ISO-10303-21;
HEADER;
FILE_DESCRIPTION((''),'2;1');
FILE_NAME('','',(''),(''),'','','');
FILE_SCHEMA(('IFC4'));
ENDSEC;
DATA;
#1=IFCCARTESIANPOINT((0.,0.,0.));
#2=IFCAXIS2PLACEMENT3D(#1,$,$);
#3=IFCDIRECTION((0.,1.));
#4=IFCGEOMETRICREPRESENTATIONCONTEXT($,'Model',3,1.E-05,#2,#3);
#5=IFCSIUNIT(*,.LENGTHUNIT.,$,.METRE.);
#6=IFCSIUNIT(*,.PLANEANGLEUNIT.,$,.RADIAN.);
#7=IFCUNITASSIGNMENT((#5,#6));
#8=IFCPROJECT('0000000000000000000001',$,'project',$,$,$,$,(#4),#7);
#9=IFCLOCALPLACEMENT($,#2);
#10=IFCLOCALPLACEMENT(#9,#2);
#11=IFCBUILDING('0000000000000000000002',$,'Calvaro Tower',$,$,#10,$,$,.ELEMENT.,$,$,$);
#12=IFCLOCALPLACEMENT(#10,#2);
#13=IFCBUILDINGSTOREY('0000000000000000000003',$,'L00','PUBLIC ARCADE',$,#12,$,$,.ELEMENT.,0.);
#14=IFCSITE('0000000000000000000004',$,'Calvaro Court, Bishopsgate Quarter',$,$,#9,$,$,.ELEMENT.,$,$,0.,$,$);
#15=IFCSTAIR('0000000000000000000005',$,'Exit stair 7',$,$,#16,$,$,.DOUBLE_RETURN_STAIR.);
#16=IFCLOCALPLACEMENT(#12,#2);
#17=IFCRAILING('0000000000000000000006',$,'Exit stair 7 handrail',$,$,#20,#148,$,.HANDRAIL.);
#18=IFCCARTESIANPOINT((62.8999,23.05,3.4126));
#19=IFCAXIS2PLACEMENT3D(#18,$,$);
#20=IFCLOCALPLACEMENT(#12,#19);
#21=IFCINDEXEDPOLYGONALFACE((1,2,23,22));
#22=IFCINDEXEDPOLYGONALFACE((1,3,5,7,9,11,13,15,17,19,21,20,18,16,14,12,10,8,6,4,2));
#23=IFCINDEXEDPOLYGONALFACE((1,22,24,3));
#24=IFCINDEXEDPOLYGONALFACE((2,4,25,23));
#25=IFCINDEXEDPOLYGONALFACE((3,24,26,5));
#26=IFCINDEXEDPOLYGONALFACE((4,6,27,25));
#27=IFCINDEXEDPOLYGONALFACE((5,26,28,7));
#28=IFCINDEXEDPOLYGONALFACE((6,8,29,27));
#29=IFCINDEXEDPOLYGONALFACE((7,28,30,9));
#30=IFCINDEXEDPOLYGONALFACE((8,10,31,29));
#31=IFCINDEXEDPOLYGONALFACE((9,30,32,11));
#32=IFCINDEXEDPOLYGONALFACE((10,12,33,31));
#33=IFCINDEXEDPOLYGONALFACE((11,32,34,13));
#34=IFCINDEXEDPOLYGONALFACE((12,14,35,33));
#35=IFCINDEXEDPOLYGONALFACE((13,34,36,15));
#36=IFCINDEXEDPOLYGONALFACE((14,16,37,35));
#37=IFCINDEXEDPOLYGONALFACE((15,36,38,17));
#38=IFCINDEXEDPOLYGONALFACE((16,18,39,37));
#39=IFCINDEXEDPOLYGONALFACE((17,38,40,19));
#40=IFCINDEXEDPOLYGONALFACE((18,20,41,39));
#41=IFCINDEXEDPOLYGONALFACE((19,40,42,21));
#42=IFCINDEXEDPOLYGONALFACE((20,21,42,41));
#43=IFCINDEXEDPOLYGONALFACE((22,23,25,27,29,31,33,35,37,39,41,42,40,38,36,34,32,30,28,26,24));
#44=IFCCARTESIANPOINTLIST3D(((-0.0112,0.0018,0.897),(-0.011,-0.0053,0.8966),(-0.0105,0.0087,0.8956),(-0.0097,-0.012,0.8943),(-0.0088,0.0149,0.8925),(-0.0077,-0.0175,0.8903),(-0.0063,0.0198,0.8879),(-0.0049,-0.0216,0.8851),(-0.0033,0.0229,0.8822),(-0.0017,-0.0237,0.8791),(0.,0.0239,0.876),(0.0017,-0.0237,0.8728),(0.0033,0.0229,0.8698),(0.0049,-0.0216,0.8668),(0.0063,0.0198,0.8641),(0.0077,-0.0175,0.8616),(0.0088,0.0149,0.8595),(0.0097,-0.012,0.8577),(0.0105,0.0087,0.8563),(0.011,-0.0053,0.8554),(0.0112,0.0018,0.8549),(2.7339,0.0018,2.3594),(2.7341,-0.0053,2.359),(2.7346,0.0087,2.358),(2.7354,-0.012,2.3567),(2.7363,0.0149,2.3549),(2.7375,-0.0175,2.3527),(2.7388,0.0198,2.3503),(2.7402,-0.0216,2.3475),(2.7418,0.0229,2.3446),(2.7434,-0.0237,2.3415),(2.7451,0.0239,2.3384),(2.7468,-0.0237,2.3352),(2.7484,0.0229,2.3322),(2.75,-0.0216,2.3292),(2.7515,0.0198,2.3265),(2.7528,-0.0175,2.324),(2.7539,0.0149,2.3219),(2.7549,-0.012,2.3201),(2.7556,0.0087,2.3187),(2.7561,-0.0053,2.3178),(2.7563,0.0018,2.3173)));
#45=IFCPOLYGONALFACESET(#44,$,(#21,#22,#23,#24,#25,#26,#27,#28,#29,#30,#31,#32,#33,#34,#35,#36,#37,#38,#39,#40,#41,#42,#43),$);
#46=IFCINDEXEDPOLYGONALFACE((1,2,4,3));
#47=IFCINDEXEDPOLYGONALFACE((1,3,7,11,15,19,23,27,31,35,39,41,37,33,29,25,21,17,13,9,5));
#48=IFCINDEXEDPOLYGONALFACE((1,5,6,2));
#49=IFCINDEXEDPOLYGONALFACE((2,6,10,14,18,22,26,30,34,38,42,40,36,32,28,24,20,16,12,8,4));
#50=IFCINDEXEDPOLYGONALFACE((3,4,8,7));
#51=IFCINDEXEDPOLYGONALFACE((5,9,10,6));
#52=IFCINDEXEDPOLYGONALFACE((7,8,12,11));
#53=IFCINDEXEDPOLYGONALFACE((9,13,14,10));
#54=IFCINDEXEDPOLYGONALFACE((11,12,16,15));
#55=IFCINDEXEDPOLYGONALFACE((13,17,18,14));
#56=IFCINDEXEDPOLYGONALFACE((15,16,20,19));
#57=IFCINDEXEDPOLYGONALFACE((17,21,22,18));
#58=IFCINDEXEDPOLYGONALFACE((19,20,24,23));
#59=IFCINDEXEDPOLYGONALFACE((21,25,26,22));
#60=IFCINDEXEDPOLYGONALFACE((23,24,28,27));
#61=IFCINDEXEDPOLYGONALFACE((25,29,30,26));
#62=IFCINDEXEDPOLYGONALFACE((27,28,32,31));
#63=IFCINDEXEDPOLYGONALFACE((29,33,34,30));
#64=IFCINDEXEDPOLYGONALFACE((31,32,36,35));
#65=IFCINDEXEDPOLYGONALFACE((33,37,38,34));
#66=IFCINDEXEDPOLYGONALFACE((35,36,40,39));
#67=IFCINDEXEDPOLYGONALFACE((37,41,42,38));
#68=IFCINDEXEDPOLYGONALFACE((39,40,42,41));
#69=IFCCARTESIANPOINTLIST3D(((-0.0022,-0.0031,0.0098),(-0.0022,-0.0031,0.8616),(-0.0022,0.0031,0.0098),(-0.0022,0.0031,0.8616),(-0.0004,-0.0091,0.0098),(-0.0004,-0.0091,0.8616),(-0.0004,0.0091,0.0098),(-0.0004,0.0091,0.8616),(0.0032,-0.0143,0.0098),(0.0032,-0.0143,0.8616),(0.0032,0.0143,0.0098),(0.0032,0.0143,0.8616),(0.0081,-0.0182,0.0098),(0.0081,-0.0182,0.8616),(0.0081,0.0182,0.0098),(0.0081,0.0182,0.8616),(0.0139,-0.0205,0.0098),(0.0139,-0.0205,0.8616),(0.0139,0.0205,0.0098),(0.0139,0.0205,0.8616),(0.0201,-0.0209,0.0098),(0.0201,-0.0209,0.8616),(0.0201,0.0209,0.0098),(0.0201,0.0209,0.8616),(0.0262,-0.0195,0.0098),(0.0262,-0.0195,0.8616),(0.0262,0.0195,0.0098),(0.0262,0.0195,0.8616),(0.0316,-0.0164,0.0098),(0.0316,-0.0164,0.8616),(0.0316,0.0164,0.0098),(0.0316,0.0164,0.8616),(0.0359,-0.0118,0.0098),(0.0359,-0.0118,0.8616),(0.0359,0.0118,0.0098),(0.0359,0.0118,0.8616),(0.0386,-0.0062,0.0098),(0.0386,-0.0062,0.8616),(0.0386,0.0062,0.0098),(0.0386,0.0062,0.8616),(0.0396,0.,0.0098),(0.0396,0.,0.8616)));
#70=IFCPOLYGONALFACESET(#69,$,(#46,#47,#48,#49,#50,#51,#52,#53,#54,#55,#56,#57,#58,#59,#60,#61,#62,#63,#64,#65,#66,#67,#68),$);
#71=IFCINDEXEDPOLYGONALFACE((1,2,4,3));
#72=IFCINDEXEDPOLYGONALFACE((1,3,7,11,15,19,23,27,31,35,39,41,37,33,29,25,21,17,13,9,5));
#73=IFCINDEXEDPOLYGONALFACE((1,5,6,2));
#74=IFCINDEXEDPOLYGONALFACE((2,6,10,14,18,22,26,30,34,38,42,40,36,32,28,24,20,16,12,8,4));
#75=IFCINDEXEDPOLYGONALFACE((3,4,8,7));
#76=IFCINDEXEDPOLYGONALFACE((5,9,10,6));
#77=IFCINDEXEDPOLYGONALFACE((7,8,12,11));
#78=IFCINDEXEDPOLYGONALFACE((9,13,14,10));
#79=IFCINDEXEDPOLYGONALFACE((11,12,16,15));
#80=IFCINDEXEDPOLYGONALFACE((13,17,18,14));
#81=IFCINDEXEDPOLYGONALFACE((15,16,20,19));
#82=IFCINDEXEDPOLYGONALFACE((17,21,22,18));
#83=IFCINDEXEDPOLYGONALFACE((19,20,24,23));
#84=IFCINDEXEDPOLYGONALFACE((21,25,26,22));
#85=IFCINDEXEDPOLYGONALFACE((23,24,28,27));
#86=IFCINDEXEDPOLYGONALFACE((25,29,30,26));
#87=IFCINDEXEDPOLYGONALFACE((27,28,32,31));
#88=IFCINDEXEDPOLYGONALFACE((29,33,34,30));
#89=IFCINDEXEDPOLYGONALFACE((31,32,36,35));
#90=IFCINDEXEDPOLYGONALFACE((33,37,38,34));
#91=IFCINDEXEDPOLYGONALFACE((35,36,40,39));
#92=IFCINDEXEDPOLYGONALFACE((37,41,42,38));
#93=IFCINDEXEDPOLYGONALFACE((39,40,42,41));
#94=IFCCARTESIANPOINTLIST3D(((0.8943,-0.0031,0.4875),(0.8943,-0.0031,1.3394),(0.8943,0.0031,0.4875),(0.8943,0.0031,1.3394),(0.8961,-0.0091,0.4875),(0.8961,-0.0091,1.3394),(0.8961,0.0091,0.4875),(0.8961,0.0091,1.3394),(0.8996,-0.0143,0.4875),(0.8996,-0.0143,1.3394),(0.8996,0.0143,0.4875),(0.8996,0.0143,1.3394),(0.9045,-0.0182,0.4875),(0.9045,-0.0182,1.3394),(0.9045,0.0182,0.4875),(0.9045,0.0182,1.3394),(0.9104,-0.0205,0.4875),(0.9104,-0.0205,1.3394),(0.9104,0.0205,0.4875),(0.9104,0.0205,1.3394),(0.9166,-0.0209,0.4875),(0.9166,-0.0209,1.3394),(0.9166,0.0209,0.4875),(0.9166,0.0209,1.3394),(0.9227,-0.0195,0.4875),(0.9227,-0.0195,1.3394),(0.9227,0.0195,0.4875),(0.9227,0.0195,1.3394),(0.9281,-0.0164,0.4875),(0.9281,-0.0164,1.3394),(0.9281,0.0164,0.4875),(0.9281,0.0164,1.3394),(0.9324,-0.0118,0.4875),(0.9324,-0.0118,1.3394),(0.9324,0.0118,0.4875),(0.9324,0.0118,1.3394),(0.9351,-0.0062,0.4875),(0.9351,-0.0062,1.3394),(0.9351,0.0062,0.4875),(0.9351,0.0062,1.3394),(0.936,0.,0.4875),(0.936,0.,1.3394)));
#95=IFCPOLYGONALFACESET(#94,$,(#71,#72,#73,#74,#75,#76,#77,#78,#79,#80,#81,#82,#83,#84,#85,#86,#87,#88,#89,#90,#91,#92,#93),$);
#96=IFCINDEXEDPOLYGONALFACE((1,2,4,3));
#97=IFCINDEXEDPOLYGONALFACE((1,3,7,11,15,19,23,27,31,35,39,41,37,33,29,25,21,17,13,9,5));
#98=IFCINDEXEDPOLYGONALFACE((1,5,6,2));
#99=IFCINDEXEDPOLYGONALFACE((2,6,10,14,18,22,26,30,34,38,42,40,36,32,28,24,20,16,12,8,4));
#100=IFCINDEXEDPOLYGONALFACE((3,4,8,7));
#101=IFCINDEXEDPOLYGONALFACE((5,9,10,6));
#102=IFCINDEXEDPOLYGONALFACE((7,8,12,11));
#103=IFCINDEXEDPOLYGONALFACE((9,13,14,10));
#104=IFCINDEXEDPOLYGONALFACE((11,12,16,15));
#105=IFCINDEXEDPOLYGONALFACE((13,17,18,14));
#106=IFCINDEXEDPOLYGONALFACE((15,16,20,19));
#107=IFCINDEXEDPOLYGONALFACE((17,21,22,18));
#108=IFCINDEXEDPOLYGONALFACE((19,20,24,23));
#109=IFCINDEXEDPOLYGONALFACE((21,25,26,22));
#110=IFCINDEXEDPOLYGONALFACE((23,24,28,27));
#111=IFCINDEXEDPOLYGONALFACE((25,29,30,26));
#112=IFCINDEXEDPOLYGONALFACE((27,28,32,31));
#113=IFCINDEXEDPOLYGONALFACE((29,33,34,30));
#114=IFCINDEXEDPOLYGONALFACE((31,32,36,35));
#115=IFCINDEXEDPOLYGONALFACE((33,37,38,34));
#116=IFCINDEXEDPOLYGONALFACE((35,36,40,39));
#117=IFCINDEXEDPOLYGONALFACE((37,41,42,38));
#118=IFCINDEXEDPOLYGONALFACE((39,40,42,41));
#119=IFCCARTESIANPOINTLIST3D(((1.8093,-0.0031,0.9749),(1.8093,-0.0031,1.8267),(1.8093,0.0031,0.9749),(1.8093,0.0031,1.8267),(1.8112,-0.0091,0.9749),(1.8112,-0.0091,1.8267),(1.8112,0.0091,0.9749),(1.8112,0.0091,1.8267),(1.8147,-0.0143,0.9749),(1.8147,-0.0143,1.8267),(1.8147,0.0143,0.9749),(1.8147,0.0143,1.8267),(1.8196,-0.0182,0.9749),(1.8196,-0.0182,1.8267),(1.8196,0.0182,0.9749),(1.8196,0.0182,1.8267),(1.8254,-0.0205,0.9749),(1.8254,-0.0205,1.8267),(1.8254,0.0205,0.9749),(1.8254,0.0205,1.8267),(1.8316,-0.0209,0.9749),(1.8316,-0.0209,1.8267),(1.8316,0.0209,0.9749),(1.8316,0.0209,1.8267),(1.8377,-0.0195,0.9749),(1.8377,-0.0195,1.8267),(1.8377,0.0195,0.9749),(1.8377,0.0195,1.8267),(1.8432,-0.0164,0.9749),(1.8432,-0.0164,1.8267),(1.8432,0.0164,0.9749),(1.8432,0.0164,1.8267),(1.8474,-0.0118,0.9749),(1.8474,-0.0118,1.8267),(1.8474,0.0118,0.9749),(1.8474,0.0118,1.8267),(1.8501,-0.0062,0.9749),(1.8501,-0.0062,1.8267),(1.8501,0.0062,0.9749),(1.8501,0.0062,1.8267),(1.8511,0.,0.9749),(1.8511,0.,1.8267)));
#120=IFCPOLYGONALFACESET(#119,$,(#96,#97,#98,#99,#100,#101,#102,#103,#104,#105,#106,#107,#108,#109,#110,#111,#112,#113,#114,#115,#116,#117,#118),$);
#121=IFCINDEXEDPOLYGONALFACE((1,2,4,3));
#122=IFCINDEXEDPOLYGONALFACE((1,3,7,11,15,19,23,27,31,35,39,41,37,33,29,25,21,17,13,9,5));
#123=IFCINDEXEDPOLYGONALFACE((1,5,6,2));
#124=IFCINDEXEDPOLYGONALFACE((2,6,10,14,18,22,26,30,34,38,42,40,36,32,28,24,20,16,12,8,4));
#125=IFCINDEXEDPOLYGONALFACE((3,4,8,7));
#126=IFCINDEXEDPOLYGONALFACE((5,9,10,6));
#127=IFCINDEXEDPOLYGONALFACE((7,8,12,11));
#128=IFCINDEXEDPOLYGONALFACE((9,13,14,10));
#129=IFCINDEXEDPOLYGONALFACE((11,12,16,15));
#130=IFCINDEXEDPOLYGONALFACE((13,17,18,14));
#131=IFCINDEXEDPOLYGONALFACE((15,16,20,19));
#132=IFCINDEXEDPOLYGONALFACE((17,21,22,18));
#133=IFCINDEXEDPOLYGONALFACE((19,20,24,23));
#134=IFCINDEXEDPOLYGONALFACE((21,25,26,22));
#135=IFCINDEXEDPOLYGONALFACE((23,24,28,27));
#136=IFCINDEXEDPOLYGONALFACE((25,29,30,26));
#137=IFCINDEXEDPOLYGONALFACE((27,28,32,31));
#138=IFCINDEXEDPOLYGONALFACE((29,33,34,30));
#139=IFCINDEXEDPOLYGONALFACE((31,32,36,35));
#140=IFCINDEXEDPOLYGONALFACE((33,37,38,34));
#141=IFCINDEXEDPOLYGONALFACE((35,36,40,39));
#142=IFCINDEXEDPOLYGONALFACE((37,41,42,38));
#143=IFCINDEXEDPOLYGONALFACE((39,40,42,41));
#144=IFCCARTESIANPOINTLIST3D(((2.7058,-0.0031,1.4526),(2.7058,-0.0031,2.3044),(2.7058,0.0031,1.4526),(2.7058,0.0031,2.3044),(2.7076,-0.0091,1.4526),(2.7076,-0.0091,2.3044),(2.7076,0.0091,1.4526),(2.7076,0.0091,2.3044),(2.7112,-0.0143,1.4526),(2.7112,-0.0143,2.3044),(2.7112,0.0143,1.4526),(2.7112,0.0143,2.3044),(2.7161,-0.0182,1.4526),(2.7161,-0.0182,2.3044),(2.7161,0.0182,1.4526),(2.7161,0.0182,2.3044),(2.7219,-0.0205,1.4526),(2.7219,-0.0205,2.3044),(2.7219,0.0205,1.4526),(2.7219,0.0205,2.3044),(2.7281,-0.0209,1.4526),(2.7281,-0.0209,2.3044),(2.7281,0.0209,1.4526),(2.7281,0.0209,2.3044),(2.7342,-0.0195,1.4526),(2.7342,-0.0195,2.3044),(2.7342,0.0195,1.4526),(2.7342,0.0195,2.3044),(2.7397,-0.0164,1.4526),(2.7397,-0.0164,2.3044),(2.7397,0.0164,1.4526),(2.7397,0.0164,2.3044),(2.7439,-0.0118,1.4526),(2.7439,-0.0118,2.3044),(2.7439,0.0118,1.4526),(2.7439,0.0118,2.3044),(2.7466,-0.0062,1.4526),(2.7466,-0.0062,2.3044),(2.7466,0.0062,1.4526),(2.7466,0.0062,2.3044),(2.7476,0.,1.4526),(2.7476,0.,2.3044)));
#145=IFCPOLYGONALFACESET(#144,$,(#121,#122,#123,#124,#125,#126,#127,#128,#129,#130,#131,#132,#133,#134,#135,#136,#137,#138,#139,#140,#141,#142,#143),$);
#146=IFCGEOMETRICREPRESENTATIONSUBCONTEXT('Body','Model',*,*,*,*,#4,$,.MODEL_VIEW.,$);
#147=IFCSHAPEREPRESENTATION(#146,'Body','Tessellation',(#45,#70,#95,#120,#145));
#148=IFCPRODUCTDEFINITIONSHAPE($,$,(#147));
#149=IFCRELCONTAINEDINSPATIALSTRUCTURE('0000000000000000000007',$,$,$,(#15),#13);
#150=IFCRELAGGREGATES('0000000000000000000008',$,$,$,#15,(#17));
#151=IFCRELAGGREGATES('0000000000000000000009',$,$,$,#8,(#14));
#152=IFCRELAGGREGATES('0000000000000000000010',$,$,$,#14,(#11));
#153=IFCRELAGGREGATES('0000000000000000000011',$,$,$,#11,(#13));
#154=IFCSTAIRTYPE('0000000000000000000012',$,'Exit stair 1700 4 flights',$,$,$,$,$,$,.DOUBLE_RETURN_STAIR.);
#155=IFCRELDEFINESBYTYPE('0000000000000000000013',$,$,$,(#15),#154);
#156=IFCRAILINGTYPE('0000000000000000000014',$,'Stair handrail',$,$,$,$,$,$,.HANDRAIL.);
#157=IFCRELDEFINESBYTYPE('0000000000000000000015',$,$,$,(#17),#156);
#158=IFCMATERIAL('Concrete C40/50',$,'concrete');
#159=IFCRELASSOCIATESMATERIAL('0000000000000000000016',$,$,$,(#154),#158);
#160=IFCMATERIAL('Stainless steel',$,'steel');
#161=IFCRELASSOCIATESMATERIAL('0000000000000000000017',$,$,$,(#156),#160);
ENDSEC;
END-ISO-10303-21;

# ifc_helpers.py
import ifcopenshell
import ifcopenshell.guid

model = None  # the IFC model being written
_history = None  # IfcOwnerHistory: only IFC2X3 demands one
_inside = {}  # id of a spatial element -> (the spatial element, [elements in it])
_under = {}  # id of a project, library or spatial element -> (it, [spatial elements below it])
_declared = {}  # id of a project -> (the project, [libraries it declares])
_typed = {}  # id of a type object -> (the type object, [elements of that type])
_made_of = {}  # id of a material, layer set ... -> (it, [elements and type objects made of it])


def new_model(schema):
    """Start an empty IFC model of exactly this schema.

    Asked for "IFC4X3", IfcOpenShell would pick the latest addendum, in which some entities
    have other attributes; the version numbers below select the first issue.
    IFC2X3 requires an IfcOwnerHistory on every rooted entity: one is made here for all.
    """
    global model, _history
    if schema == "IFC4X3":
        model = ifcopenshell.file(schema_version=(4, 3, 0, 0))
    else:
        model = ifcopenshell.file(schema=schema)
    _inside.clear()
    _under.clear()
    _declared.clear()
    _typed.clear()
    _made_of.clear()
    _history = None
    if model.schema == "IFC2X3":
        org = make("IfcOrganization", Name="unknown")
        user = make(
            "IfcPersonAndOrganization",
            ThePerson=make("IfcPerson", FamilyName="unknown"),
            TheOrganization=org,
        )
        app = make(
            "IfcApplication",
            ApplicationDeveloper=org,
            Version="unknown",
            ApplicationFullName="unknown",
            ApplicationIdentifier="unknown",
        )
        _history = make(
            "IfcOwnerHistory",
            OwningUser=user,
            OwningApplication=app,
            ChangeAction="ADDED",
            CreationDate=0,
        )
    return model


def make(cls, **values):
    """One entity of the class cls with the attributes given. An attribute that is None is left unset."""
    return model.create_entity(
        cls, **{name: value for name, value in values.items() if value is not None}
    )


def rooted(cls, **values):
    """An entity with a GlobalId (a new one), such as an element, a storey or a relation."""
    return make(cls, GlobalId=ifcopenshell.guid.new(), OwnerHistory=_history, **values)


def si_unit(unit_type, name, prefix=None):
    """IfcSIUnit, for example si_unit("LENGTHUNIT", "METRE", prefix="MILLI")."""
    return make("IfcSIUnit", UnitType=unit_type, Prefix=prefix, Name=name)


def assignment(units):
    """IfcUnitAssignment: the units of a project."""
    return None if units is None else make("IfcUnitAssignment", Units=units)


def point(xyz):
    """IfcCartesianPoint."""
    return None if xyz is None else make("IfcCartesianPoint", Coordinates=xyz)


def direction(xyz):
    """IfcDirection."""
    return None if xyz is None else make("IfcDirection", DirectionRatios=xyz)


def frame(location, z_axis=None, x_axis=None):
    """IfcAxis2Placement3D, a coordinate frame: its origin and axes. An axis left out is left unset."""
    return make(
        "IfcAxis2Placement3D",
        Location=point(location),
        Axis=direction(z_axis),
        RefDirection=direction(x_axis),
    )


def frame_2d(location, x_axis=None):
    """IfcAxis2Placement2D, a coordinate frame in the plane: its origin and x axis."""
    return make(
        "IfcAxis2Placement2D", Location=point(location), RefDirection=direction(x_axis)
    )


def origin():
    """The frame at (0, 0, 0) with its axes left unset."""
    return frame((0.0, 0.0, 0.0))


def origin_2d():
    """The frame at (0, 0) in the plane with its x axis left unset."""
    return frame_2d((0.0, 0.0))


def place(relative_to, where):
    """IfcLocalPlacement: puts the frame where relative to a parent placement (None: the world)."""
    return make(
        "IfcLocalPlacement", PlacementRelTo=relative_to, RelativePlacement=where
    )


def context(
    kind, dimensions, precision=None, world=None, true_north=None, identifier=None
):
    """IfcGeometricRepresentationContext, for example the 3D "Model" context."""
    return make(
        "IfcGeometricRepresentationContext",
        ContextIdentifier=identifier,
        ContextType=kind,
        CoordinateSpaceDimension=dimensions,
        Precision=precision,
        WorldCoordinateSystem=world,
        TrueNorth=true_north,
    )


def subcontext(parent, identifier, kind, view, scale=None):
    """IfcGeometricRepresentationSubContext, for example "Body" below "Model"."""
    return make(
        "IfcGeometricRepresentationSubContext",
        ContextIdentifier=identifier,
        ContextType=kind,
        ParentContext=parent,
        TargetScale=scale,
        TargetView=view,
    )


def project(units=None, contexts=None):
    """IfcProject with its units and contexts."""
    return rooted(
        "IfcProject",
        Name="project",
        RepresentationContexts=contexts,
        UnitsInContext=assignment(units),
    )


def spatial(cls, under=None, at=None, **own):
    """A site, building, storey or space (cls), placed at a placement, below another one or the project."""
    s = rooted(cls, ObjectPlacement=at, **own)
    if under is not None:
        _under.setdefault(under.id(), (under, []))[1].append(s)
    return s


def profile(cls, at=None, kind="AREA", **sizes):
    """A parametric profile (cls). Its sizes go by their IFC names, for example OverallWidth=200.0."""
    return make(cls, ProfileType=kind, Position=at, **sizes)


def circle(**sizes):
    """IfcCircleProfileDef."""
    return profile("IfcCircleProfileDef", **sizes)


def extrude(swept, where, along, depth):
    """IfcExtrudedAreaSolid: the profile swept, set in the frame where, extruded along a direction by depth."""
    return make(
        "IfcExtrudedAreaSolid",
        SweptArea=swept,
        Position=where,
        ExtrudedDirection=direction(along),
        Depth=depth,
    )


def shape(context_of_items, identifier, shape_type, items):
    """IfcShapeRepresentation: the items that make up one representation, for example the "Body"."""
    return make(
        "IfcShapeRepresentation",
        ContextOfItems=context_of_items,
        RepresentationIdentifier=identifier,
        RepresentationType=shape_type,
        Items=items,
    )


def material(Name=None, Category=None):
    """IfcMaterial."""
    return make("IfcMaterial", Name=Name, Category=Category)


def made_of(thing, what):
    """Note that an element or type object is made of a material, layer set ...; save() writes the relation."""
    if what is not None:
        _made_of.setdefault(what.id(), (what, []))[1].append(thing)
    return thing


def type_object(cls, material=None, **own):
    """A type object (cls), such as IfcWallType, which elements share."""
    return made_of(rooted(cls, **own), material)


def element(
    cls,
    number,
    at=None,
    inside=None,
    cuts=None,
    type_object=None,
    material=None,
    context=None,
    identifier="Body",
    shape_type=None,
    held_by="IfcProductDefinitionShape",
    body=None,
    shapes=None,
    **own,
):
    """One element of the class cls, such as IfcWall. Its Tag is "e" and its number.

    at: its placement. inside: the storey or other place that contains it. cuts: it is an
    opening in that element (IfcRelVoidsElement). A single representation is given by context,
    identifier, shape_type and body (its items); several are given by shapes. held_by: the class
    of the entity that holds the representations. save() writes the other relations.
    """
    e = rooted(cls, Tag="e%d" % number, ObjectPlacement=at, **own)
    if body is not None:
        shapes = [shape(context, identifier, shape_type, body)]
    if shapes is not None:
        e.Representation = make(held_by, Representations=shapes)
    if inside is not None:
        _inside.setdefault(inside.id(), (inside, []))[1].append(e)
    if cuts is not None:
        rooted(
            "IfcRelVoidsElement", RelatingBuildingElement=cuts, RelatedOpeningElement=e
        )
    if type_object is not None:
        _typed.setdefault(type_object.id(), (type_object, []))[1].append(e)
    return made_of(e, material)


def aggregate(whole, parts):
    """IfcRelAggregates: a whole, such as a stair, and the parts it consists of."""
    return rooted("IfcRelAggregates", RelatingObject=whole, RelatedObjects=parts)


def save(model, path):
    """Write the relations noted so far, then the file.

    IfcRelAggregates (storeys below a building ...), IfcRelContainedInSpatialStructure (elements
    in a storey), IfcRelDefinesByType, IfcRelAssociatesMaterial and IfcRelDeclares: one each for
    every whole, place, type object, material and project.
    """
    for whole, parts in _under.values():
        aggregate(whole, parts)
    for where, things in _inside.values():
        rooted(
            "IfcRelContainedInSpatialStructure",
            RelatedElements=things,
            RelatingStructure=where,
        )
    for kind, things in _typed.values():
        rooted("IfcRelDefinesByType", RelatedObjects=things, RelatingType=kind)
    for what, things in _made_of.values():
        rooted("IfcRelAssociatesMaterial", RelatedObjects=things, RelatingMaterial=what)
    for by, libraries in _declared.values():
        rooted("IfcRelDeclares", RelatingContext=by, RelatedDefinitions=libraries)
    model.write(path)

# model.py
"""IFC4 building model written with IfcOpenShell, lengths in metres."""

from ifc_helpers import new_model, si_unit, direction, frame, origin, origin_2d, place, context, subcontext, project, spatial, circle, extrude, material, type_object, element, aggregate, save


model = new_model("IFC4")

# Units and contexts
model_context = context("Model", 3, precision=1e-05, world=origin(), true_north=direction((0.0, 1.0)))
body_context = subcontext(model_context, "Body", "Model", "MODEL_VIEW")
ifc_project = project(units=[si_unit("LENGTHUNIT", "METRE"), si_unit("PLANEANGLEUNIT", "RADIAN")], contexts=[model_context])

# Site, building, storey
site_placement = place(None, origin())
site = spatial("IfcSite", under=ifc_project, at=site_placement, Name="Calvaro Court, Bishopsgate Quarter", CompositionType="ELEMENT", RefElevation=0.0)
building_placement = place(site_placement, origin())
building = spatial("IfcBuilding", under=site, at=building_placement, Name="Calvaro Tower", CompositionType="ELEMENT")
storey_placement = place(building_placement, origin())
storey = spatial("IfcBuildingStorey", under=building, at=storey_placement, Name="L00", Description="PUBLIC ARCADE", CompositionType="ELEMENT", Elevation=0.0)

# Stair, railing
ifc_material_1 = material(Name="Concrete C40/50", Category="concrete")
stair_type = type_object("IfcStairType", Name="Exit stair 1700 4 flights", PredefinedType="DOUBLE_RETURN_STAIR", material=ifc_material_1)
stair_placement = place(storey_placement, origin())
stair = element("IfcStair", 1, at=stair_placement, inside=storey, type_object=stair_type, Name="Exit stair 7", PredefinedType="DOUBLE_RETURN_STAIR")
ifc_material_2 = material(Name="Stainless steel", Category="steel")
railing_type = type_object("IfcRailingType", Name="Stair handrail", PredefinedType="HANDRAIL", material=ifc_material_2)
railing_1_placement = place(storey_placement, frame((62.8999, 23.05, 3.4126)))
railing_1 = element("IfcRailing", 2, at=railing_1_placement, type_object=railing_type, Name="Exit stair 7 handrail", PredefinedType="HANDRAIL", context=body_context, shape_type="SweptSolid", body=[
    extrude(circle(Radius=0.0239, at=origin_2d()), frame((0.0, 0.0, 0.876), z_axis=(0.882574, 0.0, 0.470173), x_axis=(0.0, 1.0, 0.0)), (0.0, 0.0, 1.0), 3.1104),
    extrude(circle(Radius=0.021, at=origin_2d()), frame((0.0186, 0.0, 0.0098)), (0.0, 0.0, 1.0), 0.8518),
    extrude(circle(Radius=0.021, at=origin_2d()), frame((0.915, 0.0, 0.4875)), (0.0, 0.0, 1.0), 0.8518),
    extrude(circle(Radius=0.021, at=origin_2d()), frame((1.8301, 0.0, 0.9749)), (0.0, 0.0, 1.0), 0.8518),
    extrude(circle(Radius=0.021, at=origin_2d()), frame((2.7266, 0.0, 1.4526)), (0.0, 0.0, 1.0), 0.8518),
])
aggregate(stair, [railing_1])

save(model, "model.ifc")
